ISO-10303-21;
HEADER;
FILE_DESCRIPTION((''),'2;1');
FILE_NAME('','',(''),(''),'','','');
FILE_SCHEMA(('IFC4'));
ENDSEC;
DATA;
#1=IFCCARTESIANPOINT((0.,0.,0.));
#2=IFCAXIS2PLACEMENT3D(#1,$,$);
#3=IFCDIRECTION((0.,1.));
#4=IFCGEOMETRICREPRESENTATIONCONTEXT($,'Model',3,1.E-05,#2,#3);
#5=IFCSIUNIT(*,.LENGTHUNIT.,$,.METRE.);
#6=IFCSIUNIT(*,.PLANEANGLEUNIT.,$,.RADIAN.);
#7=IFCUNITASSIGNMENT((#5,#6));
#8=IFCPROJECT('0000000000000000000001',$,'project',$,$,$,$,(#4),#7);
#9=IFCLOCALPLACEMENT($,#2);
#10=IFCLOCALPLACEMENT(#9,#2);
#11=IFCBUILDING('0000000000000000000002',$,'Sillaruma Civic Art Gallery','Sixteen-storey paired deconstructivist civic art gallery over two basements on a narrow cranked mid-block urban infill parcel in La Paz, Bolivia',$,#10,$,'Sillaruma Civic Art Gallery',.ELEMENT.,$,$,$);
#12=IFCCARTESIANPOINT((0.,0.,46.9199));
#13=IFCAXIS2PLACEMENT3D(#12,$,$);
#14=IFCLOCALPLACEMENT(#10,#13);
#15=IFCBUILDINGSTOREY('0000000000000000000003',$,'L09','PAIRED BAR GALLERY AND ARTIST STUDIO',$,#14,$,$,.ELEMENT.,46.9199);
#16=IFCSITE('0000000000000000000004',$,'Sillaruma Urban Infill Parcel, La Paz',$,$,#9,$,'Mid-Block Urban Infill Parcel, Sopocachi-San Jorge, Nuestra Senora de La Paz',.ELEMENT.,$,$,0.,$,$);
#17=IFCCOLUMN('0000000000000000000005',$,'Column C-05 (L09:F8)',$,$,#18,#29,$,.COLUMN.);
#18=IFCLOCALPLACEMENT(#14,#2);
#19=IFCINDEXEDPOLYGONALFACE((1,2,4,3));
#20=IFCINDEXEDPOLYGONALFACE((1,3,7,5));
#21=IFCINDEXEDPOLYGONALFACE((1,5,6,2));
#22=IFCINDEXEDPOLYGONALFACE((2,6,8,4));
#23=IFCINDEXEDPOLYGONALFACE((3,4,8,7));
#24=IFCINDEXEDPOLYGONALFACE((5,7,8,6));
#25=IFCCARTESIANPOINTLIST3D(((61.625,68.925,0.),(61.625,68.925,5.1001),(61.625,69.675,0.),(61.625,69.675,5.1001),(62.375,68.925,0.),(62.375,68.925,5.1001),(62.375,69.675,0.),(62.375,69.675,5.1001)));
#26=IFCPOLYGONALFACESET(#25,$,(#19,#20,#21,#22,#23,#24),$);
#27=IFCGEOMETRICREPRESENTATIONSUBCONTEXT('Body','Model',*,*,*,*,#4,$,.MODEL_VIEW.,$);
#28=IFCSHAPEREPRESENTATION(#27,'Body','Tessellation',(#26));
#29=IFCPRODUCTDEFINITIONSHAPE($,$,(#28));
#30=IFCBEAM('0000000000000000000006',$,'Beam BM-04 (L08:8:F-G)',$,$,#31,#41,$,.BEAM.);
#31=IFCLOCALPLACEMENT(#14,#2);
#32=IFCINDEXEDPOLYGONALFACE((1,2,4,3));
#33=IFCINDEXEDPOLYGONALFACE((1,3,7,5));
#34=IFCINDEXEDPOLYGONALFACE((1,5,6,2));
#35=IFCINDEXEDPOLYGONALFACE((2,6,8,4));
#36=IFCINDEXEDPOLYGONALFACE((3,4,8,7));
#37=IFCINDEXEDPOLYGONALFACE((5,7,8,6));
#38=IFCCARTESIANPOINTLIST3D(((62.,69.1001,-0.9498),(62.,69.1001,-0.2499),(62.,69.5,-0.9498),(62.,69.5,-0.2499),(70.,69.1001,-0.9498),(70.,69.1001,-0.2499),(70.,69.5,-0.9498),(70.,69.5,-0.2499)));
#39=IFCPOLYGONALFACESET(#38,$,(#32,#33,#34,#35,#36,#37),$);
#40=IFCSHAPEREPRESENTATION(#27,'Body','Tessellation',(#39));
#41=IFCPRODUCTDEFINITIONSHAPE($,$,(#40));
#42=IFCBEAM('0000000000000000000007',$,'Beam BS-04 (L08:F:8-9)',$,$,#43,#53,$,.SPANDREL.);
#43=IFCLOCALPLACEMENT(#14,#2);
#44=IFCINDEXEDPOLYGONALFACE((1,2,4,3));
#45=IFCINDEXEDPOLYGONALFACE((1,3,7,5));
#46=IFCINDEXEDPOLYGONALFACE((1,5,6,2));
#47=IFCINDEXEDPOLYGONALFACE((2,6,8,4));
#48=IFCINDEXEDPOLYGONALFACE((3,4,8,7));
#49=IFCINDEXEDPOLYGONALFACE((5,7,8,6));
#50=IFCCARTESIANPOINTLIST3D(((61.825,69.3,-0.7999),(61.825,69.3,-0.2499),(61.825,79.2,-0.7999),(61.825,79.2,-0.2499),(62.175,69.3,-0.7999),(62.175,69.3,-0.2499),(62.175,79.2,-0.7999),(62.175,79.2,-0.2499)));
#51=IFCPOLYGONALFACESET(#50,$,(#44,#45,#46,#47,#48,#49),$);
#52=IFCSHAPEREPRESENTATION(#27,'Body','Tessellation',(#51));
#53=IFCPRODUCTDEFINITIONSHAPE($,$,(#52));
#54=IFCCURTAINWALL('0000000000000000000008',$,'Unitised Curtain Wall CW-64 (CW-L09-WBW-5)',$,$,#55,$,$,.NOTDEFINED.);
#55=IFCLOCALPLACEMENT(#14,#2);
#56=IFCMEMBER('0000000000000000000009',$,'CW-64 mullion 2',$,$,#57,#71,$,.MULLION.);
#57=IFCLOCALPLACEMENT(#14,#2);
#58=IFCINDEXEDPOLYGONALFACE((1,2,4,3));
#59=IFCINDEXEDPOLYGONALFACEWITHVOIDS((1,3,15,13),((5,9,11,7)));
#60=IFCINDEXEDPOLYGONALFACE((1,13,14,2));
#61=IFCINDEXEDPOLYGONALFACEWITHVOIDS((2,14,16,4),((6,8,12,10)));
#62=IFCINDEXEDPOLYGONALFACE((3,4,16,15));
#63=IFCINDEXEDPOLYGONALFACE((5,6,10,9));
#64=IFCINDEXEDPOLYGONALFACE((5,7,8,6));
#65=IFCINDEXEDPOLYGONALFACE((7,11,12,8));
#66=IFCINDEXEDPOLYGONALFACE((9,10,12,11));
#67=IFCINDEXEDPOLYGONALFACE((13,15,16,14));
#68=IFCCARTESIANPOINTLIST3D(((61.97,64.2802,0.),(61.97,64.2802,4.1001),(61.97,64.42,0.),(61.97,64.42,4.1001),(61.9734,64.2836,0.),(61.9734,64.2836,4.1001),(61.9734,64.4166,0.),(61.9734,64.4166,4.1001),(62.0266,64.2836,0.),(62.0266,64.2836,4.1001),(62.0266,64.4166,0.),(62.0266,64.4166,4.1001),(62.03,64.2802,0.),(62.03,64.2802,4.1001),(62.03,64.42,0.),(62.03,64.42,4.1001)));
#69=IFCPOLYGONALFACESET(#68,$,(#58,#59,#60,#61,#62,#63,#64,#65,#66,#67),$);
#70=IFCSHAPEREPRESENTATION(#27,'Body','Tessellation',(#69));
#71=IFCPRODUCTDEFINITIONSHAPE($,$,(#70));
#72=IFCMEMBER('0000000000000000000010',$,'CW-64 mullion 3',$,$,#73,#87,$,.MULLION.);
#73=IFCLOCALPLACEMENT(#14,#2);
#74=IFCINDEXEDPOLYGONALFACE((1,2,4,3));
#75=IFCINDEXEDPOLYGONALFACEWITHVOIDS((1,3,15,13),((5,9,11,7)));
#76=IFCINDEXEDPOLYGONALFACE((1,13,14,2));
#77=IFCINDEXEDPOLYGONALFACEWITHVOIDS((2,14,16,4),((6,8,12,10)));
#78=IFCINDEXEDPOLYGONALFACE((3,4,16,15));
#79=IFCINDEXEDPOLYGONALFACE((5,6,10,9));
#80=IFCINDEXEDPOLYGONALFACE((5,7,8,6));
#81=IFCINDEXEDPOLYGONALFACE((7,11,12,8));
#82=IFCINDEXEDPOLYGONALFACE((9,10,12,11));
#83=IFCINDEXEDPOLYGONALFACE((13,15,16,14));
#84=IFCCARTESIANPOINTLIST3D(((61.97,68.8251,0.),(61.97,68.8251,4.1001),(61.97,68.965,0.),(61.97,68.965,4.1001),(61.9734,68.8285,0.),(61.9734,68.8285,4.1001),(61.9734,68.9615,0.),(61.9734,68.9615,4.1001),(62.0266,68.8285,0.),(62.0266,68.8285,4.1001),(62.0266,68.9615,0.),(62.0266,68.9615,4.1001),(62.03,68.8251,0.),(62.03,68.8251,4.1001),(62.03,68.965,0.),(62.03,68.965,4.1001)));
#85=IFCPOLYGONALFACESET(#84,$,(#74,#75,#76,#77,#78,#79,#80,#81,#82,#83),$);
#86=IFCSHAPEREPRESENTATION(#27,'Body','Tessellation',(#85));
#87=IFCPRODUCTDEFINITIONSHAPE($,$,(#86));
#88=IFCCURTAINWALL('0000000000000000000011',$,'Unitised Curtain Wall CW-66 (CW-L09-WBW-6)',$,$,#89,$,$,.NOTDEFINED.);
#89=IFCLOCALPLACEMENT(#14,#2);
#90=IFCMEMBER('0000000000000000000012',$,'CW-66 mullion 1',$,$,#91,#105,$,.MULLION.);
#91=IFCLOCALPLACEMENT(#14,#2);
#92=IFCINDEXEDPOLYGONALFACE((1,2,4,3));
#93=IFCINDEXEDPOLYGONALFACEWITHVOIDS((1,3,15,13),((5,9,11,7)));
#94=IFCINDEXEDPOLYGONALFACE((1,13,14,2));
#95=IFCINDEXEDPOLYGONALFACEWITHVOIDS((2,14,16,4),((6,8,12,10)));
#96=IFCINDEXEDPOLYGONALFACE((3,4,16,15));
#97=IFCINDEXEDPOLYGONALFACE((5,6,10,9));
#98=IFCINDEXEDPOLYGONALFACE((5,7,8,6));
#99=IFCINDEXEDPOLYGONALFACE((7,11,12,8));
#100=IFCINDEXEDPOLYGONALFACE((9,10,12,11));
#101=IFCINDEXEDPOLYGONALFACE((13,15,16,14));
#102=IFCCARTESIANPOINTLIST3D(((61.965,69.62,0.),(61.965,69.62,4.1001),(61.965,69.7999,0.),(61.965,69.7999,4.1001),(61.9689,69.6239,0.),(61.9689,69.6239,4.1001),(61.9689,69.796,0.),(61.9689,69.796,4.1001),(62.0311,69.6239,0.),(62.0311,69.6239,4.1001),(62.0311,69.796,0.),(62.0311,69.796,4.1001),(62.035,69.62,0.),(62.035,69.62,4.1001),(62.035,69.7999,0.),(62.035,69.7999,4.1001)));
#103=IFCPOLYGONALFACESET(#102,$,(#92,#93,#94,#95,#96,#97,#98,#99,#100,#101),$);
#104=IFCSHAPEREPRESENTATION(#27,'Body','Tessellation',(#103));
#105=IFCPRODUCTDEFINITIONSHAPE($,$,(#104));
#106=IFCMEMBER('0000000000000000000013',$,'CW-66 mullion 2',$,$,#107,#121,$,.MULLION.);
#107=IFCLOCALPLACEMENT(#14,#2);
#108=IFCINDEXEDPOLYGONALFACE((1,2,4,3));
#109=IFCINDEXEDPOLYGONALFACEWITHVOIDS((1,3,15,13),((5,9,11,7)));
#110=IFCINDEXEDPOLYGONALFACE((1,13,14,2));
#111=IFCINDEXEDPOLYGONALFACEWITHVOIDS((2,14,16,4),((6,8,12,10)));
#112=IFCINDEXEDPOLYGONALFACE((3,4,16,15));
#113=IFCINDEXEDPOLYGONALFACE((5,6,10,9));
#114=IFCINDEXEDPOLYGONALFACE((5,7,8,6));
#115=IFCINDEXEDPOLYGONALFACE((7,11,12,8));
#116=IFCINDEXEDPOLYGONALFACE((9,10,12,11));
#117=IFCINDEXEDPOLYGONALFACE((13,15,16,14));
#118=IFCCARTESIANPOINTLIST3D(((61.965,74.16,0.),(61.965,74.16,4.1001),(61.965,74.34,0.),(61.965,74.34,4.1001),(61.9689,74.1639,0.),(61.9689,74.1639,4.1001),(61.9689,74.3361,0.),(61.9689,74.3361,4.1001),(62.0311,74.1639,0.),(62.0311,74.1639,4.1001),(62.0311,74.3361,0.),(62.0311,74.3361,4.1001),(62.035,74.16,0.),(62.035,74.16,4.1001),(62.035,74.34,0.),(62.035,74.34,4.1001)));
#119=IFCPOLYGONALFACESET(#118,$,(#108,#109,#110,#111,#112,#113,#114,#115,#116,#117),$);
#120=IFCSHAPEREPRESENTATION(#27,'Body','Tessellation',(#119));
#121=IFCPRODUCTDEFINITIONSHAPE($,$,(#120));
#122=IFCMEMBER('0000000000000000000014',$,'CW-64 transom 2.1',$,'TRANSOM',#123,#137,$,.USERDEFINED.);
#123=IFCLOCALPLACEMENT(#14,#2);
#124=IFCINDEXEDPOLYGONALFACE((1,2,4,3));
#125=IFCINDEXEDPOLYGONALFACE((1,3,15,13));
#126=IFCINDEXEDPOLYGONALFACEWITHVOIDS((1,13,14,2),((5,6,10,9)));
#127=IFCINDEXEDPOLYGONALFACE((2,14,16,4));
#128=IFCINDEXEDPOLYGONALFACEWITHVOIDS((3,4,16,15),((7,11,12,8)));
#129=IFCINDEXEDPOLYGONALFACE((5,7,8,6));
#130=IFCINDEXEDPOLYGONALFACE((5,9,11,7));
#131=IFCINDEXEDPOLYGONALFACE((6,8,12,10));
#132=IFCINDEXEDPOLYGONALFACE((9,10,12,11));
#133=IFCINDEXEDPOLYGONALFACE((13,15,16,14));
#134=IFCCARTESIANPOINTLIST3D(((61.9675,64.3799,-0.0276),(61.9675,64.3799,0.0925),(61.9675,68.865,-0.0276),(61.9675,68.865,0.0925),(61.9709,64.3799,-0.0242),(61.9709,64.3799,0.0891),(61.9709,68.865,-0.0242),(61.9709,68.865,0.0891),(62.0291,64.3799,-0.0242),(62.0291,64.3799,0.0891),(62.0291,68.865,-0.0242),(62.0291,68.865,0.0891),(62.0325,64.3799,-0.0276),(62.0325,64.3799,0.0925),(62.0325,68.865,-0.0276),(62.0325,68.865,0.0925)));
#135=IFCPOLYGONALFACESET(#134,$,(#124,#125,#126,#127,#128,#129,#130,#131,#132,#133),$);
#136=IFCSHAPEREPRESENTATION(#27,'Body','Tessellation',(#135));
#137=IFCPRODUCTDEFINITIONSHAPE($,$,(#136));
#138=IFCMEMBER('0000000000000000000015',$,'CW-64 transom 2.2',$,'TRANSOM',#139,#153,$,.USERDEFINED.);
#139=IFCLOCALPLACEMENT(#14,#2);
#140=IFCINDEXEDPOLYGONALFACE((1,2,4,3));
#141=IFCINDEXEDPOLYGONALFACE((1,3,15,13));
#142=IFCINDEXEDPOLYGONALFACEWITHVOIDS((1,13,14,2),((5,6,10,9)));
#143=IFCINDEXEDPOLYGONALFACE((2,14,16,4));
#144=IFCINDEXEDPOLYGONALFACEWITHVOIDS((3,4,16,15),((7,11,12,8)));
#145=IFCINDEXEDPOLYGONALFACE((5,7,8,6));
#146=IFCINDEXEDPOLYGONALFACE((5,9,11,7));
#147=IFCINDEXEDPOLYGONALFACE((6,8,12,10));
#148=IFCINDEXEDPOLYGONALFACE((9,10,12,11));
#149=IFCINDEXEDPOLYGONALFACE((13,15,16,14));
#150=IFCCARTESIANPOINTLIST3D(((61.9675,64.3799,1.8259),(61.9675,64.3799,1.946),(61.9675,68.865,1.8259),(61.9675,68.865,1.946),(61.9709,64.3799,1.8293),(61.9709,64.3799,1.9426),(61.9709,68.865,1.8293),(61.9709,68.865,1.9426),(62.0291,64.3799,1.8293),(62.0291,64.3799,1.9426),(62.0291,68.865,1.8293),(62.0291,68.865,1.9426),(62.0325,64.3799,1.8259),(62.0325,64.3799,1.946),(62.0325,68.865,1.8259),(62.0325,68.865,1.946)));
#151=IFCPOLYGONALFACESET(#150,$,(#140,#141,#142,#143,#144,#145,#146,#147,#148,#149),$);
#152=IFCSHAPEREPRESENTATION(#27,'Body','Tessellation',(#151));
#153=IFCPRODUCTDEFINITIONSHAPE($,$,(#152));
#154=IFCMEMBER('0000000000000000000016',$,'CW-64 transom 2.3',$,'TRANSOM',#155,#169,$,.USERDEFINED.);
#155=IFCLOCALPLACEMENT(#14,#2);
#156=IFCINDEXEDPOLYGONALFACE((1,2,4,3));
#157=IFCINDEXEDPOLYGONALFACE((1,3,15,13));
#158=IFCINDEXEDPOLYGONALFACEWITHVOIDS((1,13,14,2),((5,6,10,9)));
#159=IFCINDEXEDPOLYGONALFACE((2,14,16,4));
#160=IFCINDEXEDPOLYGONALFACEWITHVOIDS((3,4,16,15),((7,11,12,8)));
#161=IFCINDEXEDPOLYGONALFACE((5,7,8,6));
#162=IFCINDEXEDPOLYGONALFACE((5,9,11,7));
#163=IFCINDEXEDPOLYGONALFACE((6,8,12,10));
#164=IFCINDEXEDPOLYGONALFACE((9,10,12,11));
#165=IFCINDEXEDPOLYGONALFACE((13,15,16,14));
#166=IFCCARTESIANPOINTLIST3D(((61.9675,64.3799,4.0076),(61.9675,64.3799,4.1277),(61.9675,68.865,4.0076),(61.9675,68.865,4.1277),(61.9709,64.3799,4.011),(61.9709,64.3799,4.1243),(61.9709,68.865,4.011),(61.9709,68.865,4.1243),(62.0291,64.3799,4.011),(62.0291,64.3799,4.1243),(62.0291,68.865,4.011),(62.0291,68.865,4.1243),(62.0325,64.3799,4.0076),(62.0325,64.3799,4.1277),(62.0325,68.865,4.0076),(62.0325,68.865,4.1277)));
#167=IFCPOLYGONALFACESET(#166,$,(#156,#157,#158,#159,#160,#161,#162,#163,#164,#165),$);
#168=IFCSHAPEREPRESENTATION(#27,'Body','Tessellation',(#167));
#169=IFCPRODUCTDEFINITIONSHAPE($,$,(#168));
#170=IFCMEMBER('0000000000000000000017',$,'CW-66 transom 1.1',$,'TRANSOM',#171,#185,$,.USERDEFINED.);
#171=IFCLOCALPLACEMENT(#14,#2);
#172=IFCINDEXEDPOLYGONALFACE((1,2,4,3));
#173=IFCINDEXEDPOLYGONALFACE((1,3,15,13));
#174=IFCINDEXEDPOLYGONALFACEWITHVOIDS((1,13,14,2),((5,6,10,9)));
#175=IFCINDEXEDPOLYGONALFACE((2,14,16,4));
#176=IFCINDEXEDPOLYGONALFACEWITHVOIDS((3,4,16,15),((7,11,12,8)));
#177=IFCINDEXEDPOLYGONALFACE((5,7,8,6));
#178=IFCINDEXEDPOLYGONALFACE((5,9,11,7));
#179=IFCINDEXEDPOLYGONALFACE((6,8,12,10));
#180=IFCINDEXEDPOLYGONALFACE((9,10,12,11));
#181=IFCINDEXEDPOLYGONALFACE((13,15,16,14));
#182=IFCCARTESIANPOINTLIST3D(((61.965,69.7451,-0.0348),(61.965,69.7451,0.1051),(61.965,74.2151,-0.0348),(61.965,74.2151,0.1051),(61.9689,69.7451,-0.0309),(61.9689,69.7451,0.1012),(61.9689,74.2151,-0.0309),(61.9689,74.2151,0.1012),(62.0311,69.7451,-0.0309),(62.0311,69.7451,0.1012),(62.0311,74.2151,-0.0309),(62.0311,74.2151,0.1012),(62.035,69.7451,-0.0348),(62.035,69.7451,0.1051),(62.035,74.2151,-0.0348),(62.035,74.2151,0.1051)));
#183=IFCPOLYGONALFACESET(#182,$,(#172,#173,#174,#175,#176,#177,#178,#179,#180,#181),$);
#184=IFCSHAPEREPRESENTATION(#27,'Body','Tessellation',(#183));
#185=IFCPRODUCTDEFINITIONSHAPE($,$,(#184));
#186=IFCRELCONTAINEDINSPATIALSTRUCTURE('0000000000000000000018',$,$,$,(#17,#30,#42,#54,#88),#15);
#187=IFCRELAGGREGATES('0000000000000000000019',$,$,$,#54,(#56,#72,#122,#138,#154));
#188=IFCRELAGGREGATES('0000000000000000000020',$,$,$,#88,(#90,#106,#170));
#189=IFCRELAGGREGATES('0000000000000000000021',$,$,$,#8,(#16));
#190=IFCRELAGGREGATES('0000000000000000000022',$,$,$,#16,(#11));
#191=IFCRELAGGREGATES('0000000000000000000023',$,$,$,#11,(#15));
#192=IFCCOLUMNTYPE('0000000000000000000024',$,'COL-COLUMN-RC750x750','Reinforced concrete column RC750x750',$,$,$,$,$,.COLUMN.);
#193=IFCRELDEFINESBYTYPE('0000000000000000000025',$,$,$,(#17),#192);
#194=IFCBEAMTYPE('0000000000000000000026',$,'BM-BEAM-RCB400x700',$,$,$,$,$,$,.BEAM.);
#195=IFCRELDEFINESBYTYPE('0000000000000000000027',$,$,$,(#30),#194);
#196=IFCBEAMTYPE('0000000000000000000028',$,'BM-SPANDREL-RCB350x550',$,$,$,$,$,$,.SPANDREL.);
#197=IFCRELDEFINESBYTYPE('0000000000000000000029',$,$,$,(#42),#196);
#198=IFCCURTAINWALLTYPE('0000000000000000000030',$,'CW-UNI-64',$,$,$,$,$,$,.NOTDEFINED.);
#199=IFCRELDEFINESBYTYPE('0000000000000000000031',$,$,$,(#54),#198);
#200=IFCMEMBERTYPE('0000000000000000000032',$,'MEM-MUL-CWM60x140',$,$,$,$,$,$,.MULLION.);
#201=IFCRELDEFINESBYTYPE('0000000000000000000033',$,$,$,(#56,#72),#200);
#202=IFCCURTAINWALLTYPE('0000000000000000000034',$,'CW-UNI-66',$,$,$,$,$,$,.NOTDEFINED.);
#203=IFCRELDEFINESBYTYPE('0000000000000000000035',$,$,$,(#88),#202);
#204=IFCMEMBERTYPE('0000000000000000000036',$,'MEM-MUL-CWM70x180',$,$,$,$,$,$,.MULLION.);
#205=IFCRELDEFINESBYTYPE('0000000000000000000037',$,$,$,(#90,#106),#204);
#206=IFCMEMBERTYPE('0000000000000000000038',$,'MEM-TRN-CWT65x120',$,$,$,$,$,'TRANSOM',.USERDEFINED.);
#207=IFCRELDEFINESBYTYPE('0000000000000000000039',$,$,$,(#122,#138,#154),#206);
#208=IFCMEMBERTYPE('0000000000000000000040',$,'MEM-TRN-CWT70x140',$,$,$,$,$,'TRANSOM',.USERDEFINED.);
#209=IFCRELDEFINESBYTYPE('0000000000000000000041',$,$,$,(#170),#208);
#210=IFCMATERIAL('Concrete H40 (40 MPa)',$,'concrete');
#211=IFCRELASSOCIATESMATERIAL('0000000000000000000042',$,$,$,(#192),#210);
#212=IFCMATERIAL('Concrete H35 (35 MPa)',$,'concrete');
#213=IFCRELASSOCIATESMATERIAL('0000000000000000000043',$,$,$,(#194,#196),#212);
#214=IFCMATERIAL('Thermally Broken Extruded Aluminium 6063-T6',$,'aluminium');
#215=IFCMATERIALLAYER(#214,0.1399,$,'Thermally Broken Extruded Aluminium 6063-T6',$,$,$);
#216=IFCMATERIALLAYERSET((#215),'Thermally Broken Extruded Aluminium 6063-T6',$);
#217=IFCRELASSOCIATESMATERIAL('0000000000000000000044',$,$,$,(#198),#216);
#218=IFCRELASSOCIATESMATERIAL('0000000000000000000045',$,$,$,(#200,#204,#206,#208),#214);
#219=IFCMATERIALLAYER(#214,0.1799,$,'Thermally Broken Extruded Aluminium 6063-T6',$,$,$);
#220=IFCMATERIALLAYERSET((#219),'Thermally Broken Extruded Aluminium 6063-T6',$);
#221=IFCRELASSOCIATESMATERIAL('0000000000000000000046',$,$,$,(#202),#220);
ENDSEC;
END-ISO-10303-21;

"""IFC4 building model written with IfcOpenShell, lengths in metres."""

from ifc_helpers import new_model, si_unit, direction, frame, origin, origin_2d, place, context, subcontext, project, spatial, rectangle, hollow_rectangle, extrude, material, layer, layer_set, material_profile, profile_set, type_object, element, aggregate, save


model = new_model("IFC4")

# Units and contexts
model_context = context("Model", 3, precision=1e-05, world=origin(), true_north=direction((0.0, 1.0)))
body_context = subcontext(model_context, "Body", "Model", "MODEL_VIEW")
ifc_project = project(units=[si_unit("LENGTHUNIT", "METRE"), si_unit("PLANEANGLEUNIT", "RADIAN")], contexts=[model_context])

# Site, building, storey
site_placement = place(None, origin())
site = spatial("IfcSite", under=ifc_project, at=site_placement, Name="Sillaruma Urban Infill Parcel, La Paz", LongName="Mid-Block Urban Infill Parcel, Sopocachi-San Jorge, Nuestra Senora de La Paz", CompositionType="ELEMENT", RefElevation=0.0)
building_placement = place(site_placement, origin())
building = spatial("IfcBuilding", under=site, at=building_placement, Name="Sillaruma Civic Art Gallery", Description="Sixteen-storey paired deconstructivist civic art gallery over two basements on a narrow cranked mid-block urban infill parcel in La Paz, Bolivia", LongName="Sillaruma Civic Art Gallery", CompositionType="ELEMENT")
storey_placement = place(building_placement, frame((0.0, 0.0, 46.9199)))
storey = spatial("IfcBuildingStorey", under=building, at=storey_placement, Name="L09", Description="PAIRED BAR GALLERY AND ARTIST STUDIO", CompositionType="ELEMENT", Elevation=46.9199)

# Column
ifc_material_1 = material(Name="Concrete H40 (40 MPa)", Category="concrete")
ifc_material_profile_1 = material_profile(ifc_material_1, rectangle(XDim=0.75, YDim=0.75, at=origin_2d()), Name="RC750x750")
ifc_profile_set_1 = profile_set([ifc_material_profile_1], Name="Concrete H40 (40 MPa)")
column_type = type_object("IfcColumnType", Name="COL-COLUMN-RC750x750", Description="Reinforced concrete column RC750x750", PredefinedType="COLUMN", material=ifc_profile_set_1)
column_placement = place(storey_placement, frame((62.0, 69.3, 0.0), z_axis=(0.0, 0.0, 1.0), x_axis=(1.0, 0.0, 0.0)))
element("IfcColumn", 1, at=column_placement, inside=storey, type_object=column_type, Name="Column C-05 (L09:F8)", PredefinedType="COLUMN", context=body_context, shape_type="SweptSolid", body=[
    extrude(rectangle(XDim=0.75, YDim=0.75, at=origin_2d()), origin(), (0.0, 0.0, 1.0), 5.1001),
])

# Beams
ifc_material_2 = material(Name="Concrete H35 (35 MPa)", Category="concrete")
ifc_material_profile_2 = material_profile(ifc_material_2, rectangle(XDim=0.3999, YDim=0.7, at=origin_2d()), Name="RCB400x700")
ifc_profile_set_2 = profile_set([ifc_material_profile_2], Name="Concrete H35 (35 MPa)")
beam_type_1 = type_object("IfcBeamType", Name="BM-BEAM-RCB400x700", PredefinedType="BEAM", material=ifc_profile_set_2)
beam_1_placement = place(storey_placement, frame((62.0, 69.3, -0.5999), z_axis=(1.0, 0.0, 0.0), x_axis=(0.0, 1.0, 0.0)))
element("IfcBeam", 2, at=beam_1_placement, inside=storey, type_object=beam_type_1, Name="Beam BM-04 (L08:8:F-G)", PredefinedType="BEAM", context=body_context, shape_type="SweptSolid", body=[
    extrude(rectangle(XDim=0.3999, YDim=0.7, at=origin_2d()), origin(), (0.0, 0.0, 1.0), 8.0),
])
ifc_material_profile_3 = material_profile(ifc_material_2, rectangle(XDim=0.3501, YDim=0.55, at=origin_2d()), Name="RCB350x550")
ifc_profile_set_3 = profile_set([ifc_material_profile_3], Name="Concrete H35 (35 MPa)")
beam_type_2 = type_object("IfcBeamType", Name="BM-SPANDREL-RCB350x550", PredefinedType="SPANDREL", material=ifc_profile_set_3)
beam_2_placement = place(storey_placement, frame((62.0, 69.3, -0.5249), z_axis=(0.0, 1.0, 0.0), x_axis=(-1.0, 0.0, 0.0)))
element("IfcBeam", 3, at=beam_2_placement, inside=storey, type_object=beam_type_2, Name="Beam BS-04 (L08:F:8-9)", PredefinedType="SPANDREL", context=body_context, shape_type="SweptSolid", body=[
    extrude(rectangle(XDim=0.3501, YDim=0.55, at=origin_2d()), origin(), (0.0, 0.0, 1.0), 9.8999),
])

# Curtain walls, members
ifc_material_3 = material(Name="Thermally Broken Extruded Aluminium 6063-T6", Category="aluminium")
ifc_layer_1 = layer(ifc_material_3, 0.1399, Name="Thermally Broken Extruded Aluminium 6063-T6")
ifc_layer_set_1 = layer_set([ifc_layer_1], Name="Thermally Broken Extruded Aluminium 6063-T6")
curtain_wall_type_1 = type_object("IfcCurtainWallType", Name="CW-UNI-64", PredefinedType="NOTDEFINED", material=ifc_layer_set_1)
curtain_wall_1_placement = place(storey_placement, origin())
curtain_wall_1 = element("IfcCurtainWall", 4, at=curtain_wall_1_placement, inside=storey, type_object=curtain_wall_type_1, Name="Unitised Curtain Wall CW-64 (CW-L09-WBW-5)", PredefinedType="NOTDEFINED")
ifc_material_profile_4 = material_profile(ifc_material_3, hollow_rectangle(XDim=0.0601, YDim=0.1399, WallThickness=0.0034, at=origin_2d()), Name="CWM60x140")
ifc_profile_set_4 = profile_set([ifc_material_profile_4], Name="Thermally Broken Extruded Aluminium 6063-T6")
member_type_1 = type_object("IfcMemberType", Name="MEM-MUL-CWM60x140", PredefinedType="MULLION", material=ifc_profile_set_4)
member_1_placement = place(storey_placement, frame((62.0, 64.3501, 0.0), z_axis=(0.0, 0.0, 1.0), x_axis=(-1.0, 0.0, 0.0)))
member_1 = element("IfcMember", 5, at=member_1_placement, type_object=member_type_1, Name="CW-64 mullion 2", PredefinedType="MULLION", context=body_context, shape_type="SweptSolid", body=[
    extrude(hollow_rectangle(XDim=0.0601, YDim=0.1399, WallThickness=0.0034, at=origin_2d()), origin(), (0.0, 0.0, 1.0), 4.1001),
])
member_2_placement = place(storey_placement, frame((62.0, 68.895, 0.0), z_axis=(0.0, 0.0, 1.0), x_axis=(-1.0, 0.0, 0.0)))
member_2 = element("IfcMember", 6, at=member_2_placement, type_object=member_type_1, Name="CW-64 mullion 3", PredefinedType="MULLION", context=body_context, shape_type="SweptSolid", body=[
    extrude(hollow_rectangle(XDim=0.0601, YDim=0.1399, WallThickness=0.0034, at=origin_2d()), origin(), (0.0, 0.0, 1.0), 4.1001),
])
ifc_layer_2 = layer(ifc_material_3, 0.1799, Name="Thermally Broken Extruded Aluminium 6063-T6")
ifc_layer_set_2 = layer_set([ifc_layer_2], Name="Thermally Broken Extruded Aluminium 6063-T6")
curtain_wall_type_2 = type_object("IfcCurtainWallType", Name="CW-UNI-66", PredefinedType="NOTDEFINED", material=ifc_layer_set_2)
curtain_wall_2_placement = place(storey_placement, origin())
curtain_wall_2 = element("IfcCurtainWall", 7, at=curtain_wall_2_placement, inside=storey, type_object=curtain_wall_type_2, Name="Unitised Curtain Wall CW-66 (CW-L09-WBW-6)", PredefinedType="NOTDEFINED")
ifc_material_profile_5 = material_profile(ifc_material_3, hollow_rectangle(XDim=0.0701, YDim=0.1799, WallThickness=0.0039, at=origin_2d()), Name="CWM70x180")
ifc_profile_set_5 = profile_set([ifc_material_profile_5], Name="Thermally Broken Extruded Aluminium 6063-T6")
member_type_2 = type_object("IfcMemberType", Name="MEM-MUL-CWM70x180", PredefinedType="MULLION", material=ifc_profile_set_5)
member_3_placement = place(storey_placement, frame((62.0, 69.71, 0.0), z_axis=(0.0, 0.0, 1.0), x_axis=(-1.0, 0.0, 0.0)))
member_3 = element("IfcMember", 8, at=member_3_placement, type_object=member_type_2, Name="CW-66 mullion 1", PredefinedType="MULLION", context=body_context, shape_type="SweptSolid", body=[
    extrude(hollow_rectangle(XDim=0.0701, YDim=0.1799, WallThickness=0.0039, at=origin_2d()), origin(), (0.0, 0.0, 1.0), 4.1001),
])
member_4_placement = place(storey_placement, frame((62.0, 74.25, 0.0), z_axis=(0.0, 0.0, 1.0), x_axis=(-1.0, 0.0, 0.0)))
member_4 = element("IfcMember", 9, at=member_4_placement, type_object=member_type_2, Name="CW-66 mullion 2", PredefinedType="MULLION", context=body_context, shape_type="SweptSolid", body=[
    extrude(hollow_rectangle(XDim=0.0701, YDim=0.1799, WallThickness=0.0039, at=origin_2d()), origin(), (0.0, 0.0, 1.0), 4.1001),
])

# Members
ifc_material_profile_6 = material_profile(ifc_material_3, hollow_rectangle(XDim=0.0649, YDim=0.1201, WallThickness=0.0034, at=origin_2d()), Name="CWT65x120")
ifc_profile_set_6 = profile_set([ifc_material_profile_6], Name="Thermally Broken Extruded Aluminium 6063-T6")
member_type_3 = type_object("IfcMemberType", Name="MEM-TRN-CWT65x120", ElementType="TRANSOM", PredefinedType="USERDEFINED", material=ifc_profile_set_6)
member_5_placement = place(storey_placement, frame((62.0, 64.3799, 0.0325), z_axis=(0.0, 1.0, 0.0), x_axis=(-1.0, 0.0, 0.0)))
member_5 = element("IfcMember", 10, at=member_5_placement, type_object=member_type_3, Name="CW-64 transom 2.1", ObjectType="TRANSOM", PredefinedType="USERDEFINED", context=body_context, shape_type="SweptSolid", body=[
    extrude(hollow_rectangle(XDim=0.0649, YDim=0.1201, WallThickness=0.0034, at=origin_2d()), origin(), (0.0, 0.0, 1.0), 4.4851),
])
member_6_placement = place(storey_placement, frame((62.0, 64.3799, 1.886), z_axis=(0.0, 1.0, 0.0), x_axis=(-1.0, 0.0, 0.0)))
member_6 = element("IfcMember", 11, at=member_6_placement, type_object=member_type_3, Name="CW-64 transom 2.2", ObjectType="TRANSOM", PredefinedType="USERDEFINED", context=body_context, shape_type="SweptSolid", body=[
    extrude(hollow_rectangle(XDim=0.0649, YDim=0.1201, WallThickness=0.0034, at=origin_2d()), origin(), (0.0, 0.0, 1.0), 4.4851),
])
member_7_placement = place(storey_placement, frame((62.0, 64.3799, 4.0676), z_axis=(0.0, 1.0, 0.0), x_axis=(-1.0, 0.0, 0.0)))
member_7 = element("IfcMember", 12, at=member_7_placement, type_object=member_type_3, Name="CW-64 transom 2.3", ObjectType="TRANSOM", PredefinedType="USERDEFINED", context=body_context, shape_type="SweptSolid", body=[
    extrude(hollow_rectangle(XDim=0.0649, YDim=0.1201, WallThickness=0.0034, at=origin_2d()), origin(), (0.0, 0.0, 1.0), 4.4851),
])
ifc_material_profile_7 = material_profile(ifc_material_3, hollow_rectangle(XDim=0.0701, YDim=0.1399, WallThickness=0.0039, at=origin_2d()), Name="CWT70x140")
ifc_profile_set_7 = profile_set([ifc_material_profile_7], Name="Thermally Broken Extruded Aluminium 6063-T6")
member_type_4 = type_object("IfcMemberType", Name="MEM-TRN-CWT70x140", ElementType="TRANSOM", PredefinedType="USERDEFINED", material=ifc_profile_set_7)
member_8_placement = place(storey_placement, frame((62.0, 69.7451, 0.0352), z_axis=(0.0, 1.0, 0.0), x_axis=(-1.0, 0.0, 0.0)))
member_8 = element("IfcMember", 13, at=member_8_placement, type_object=member_type_4, Name="CW-66 transom 1.1", ObjectType="TRANSOM", PredefinedType="USERDEFINED", context=body_context, shape_type="SweptSolid", body=[
    extrude(hollow_rectangle(XDim=0.0701, YDim=0.1399, WallThickness=0.0039, at=origin_2d()), origin(), (0.0, 0.0, 1.0), 4.47),
])

aggregate(curtain_wall_1, [member_1, member_2, member_5, member_6, member_7])
aggregate(curtain_wall_2, [member_3, member_4, member_8])

save(model, "model.ifc")
